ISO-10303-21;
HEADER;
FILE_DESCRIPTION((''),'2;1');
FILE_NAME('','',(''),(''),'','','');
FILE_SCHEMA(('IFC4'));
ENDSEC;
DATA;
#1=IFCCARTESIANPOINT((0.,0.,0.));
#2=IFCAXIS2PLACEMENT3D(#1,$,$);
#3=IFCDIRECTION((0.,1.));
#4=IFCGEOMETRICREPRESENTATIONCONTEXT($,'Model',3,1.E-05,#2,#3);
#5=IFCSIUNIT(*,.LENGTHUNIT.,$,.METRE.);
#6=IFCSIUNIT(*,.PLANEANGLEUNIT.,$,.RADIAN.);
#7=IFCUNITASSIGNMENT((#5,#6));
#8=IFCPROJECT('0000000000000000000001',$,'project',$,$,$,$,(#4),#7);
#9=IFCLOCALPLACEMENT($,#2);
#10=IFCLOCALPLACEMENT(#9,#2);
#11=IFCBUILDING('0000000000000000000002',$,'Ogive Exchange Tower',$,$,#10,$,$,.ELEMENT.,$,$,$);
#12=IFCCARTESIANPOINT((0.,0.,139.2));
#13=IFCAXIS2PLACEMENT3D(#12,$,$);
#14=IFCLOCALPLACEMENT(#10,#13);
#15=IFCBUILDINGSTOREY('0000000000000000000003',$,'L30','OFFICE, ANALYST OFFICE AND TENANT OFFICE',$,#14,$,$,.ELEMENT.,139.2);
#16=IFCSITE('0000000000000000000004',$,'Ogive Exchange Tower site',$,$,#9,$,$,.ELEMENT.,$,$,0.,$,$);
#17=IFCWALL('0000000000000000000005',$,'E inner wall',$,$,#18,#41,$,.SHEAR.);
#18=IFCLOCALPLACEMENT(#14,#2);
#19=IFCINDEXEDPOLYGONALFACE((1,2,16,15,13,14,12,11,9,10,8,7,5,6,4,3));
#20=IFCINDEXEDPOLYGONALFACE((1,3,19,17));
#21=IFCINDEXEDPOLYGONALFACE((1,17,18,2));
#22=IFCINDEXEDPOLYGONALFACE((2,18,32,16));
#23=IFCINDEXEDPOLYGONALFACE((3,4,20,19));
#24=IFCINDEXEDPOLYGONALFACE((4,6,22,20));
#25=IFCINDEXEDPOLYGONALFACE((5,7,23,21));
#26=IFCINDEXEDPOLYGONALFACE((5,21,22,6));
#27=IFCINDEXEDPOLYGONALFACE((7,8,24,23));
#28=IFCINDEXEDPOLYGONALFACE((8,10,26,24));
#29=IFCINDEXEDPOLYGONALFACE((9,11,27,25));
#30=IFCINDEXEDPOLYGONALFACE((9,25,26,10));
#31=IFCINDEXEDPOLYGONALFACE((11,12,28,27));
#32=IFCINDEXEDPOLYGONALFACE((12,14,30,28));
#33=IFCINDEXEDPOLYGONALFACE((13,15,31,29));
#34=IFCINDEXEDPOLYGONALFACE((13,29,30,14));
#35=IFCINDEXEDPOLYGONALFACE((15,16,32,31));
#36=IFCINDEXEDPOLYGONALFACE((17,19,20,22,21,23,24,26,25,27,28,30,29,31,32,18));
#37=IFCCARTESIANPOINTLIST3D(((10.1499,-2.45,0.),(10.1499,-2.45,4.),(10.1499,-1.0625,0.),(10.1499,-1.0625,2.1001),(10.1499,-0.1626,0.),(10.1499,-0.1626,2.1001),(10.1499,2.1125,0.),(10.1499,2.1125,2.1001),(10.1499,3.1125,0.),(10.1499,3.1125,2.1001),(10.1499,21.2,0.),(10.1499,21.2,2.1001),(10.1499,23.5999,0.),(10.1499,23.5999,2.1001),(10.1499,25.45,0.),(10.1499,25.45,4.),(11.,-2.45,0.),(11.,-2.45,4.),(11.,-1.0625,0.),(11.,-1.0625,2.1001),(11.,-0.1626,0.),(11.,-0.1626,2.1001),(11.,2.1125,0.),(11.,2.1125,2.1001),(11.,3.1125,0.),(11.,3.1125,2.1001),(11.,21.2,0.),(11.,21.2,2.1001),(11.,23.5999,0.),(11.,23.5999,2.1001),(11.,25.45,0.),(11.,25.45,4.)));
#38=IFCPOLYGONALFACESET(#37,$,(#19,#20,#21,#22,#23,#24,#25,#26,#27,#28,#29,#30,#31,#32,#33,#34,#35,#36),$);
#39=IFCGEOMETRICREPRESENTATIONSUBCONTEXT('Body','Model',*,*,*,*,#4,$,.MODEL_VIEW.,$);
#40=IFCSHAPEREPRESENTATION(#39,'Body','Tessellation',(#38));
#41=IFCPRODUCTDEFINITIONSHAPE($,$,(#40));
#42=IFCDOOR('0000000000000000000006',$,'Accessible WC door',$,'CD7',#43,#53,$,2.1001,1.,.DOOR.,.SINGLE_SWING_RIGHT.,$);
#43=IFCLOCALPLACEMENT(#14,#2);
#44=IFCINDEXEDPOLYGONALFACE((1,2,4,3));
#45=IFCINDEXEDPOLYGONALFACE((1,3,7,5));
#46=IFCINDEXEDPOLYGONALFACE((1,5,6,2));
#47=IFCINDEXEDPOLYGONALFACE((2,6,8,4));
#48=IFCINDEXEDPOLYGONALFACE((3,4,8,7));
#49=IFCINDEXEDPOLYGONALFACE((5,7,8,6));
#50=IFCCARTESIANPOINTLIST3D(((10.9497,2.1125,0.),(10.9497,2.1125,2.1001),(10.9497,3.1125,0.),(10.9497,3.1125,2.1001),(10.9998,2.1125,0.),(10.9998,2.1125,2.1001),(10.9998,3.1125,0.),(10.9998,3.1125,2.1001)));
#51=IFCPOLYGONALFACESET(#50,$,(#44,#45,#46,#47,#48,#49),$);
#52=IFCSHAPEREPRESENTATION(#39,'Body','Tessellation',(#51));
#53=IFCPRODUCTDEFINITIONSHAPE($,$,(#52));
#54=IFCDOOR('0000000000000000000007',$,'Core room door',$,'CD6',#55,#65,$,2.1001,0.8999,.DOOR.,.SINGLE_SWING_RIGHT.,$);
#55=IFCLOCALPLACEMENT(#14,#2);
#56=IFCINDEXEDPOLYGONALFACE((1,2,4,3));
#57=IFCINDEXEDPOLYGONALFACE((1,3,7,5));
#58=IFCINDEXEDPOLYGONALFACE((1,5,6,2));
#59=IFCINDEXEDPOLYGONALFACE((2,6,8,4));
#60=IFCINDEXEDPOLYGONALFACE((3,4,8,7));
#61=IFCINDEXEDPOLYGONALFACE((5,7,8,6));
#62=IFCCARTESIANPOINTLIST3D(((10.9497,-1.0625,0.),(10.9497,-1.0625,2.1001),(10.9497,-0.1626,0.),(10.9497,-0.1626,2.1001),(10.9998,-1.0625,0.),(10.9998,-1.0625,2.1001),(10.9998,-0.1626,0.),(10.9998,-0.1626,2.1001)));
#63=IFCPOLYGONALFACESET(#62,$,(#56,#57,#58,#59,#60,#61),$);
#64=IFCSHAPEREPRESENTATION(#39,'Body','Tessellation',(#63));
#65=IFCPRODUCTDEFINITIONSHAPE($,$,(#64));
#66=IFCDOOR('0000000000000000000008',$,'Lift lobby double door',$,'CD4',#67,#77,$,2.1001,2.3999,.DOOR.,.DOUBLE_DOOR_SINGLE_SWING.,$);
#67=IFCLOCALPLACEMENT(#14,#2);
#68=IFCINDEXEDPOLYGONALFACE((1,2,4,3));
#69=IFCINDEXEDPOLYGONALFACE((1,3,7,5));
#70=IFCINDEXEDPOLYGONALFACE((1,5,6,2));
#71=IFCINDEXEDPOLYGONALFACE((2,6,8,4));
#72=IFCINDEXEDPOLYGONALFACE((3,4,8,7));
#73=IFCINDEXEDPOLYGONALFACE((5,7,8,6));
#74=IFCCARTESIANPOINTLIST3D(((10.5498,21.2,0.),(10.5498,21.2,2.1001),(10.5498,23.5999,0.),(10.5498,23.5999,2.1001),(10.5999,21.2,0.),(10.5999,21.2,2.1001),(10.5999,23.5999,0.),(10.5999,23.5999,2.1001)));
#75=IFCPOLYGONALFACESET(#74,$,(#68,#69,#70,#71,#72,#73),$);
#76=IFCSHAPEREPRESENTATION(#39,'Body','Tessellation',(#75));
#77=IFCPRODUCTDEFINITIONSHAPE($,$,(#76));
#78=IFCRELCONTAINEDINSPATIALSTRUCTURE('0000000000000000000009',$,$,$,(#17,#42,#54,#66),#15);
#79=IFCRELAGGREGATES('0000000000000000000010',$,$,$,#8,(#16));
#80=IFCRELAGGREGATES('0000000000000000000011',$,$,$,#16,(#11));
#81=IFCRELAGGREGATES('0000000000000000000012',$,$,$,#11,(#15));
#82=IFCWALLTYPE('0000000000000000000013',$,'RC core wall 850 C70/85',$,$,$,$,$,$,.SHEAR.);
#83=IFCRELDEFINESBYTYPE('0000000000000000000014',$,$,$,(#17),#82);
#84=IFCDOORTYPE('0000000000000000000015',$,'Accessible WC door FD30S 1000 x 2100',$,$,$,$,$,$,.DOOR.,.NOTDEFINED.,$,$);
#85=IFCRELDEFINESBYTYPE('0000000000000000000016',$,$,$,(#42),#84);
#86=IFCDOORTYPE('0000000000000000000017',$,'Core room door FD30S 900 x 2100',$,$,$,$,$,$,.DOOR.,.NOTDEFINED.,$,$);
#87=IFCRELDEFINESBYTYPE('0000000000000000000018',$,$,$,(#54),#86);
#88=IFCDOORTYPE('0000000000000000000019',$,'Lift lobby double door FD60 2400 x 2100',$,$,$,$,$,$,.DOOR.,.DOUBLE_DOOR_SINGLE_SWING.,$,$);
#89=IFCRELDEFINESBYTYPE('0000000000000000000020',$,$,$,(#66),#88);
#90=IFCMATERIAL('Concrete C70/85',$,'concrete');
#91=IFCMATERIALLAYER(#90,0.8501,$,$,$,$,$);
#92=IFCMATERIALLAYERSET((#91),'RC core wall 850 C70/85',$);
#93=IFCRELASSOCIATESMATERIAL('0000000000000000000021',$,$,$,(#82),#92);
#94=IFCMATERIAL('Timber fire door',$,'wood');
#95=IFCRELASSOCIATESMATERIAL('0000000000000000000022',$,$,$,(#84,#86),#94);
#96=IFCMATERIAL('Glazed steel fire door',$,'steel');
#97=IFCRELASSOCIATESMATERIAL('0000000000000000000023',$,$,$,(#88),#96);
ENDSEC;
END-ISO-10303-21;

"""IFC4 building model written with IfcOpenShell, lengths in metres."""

from ifc_helpers import new_model, si_unit, direction, frame, frame_2d, origin, place, context, subcontext, project, spatial, rectangle, extrude, material, layer, layer_set, type_object, element, fill, save


model = new_model("IFC4")

# Units and contexts
model_context = context("Model", 3, precision=1e-05, world=origin(), true_north=direction((0.0, 1.0)))
body_context = subcontext(model_context, "Body", "Model", "MODEL_VIEW")
ifc_project = project(units=[si_unit("LENGTHUNIT", "METRE"), si_unit("PLANEANGLEUNIT", "RADIAN")], contexts=[model_context])

# Site, building, storey
site_placement = place(None, origin())
site = spatial("IfcSite", under=ifc_project, at=site_placement, Name="Ogive Exchange Tower site", CompositionType="ELEMENT", RefElevation=0.0)
building_placement = place(site_placement, origin())
building = spatial("IfcBuilding", under=site, at=building_placement, Name="Ogive Exchange Tower", CompositionType="ELEMENT")
storey_placement = place(building_placement, frame((0.0, 0.0, 139.2)))
storey = spatial("IfcBuildingStorey", under=building, at=storey_placement, Name="L30", Description="OFFICE, ANALYST OFFICE AND TENANT OFFICE", CompositionType="ELEMENT", Elevation=139.2)

# Shared definitions
ifc_material_1 = material(Name="Concrete C70/85", Category="concrete")

# Wall, openings, doors
ifc_layer_1 = layer(ifc_material_1, 0.8501)
ifc_layer_set_1 = layer_set([ifc_layer_1], Name="RC core wall 850 C70/85")
wall_type_1 = type_object("IfcWallType", Name="RC core wall 850 C70/85", PredefinedType="SHEAR", material=ifc_layer_set_1)
wall_1_placement = place(storey_placement, frame((10.575, -2.45, 0.0), z_axis=(0.0, 0.0, 1.0), x_axis=(0.0, 1.0, 0.0)))
wall_1 = element("IfcWall", 1, at=wall_1_placement, inside=storey, type_object=wall_type_1, Name="E inner wall", PredefinedType="SHEAR", context=body_context, shape_type="SweptSolid", body=[
    extrude(rectangle(XDim=27.8999, YDim=0.8501, at=frame_2d((13.95, 0.0))), origin(), (0.0, 0.0, 1.0), 4.0),
])
opening_1_placement = place(wall_1_placement, frame((23.6499, 0.0, 0.0)))
opening_1 = element("IfcOpeningElement", 2, at=opening_1_placement, cuts=wall_1, PredefinedType="OPENING", context=body_context, shape_type="SweptSolid", body=[
    extrude(rectangle(XDim=2.3999, YDim=2.1001, at=frame_2d((1.2, 1.05))), frame((0.0, 0.4351, 0.0), z_axis=(0.0, -1.0, 0.0), x_axis=(1.0, 0.0, 0.0)), (0.0, 0.0, 1.0), 0.8701),
])
opening_2_placement = place(wall_1_placement, frame((1.3875, 0.0, 0.0)))
opening_2 = element("IfcOpeningElement", 3, at=opening_2_placement, cuts=wall_1, PredefinedType="OPENING", context=body_context, shape_type="SweptSolid", body=[
    extrude(rectangle(XDim=0.8999, YDim=2.1001, at=frame_2d((0.45, 1.05))), frame((0.0, 0.4351, 0.0), z_axis=(0.0, -1.0, 0.0), x_axis=(1.0, 0.0, 0.0)), (0.0, 0.0, 1.0), 0.8701),
])
opening_3_placement = place(wall_1_placement, frame((4.5625, 0.0, 0.0)))
opening_3 = element("IfcOpeningElement", 4, at=opening_3_placement, cuts=wall_1, PredefinedType="OPENING", context=body_context, shape_type="SweptSolid", body=[
    extrude(rectangle(XDim=1.0, YDim=2.1001, at=frame_2d((0.5, 1.05))), frame((0.0, 0.4351, 0.0), z_axis=(0.0, -1.0, 0.0), x_axis=(1.0, 0.0, 0.0)), (0.0, 0.0, 1.0), 0.8701),
])
ifc_material_2 = material(Name="Timber fire door", Category="wood")
door_type_1 = type_object("IfcDoorType", Name="Accessible WC door FD30S 1000 x 2100", OperationType="NOTDEFINED", PredefinedType="DOOR", material=ifc_material_2)
door_1_placement = place(opening_3_placement, frame((1.0, -0.7998, 0.0), z_axis=(0.0, 0.0, 1.0), x_axis=(-1.0, 0.0, 0.0)))
door_1 = element("IfcDoor", 5, at=door_1_placement, inside=storey, type_object=door_type_1, Name="Accessible WC door", ObjectType="CD7", OperationType="SINGLE_SWING_RIGHT", OverallHeight=2.1001, OverallWidth=1.0, PredefinedType="DOOR", context=body_context, shape_type="SweptSolid", body=[
    extrude(rectangle(XDim=1.0, YDim=2.1001, at=frame_2d((0.5, 1.05))), frame((0.0, -0.375, 0.0), z_axis=(0.0, -1.0, 0.0), x_axis=(1.0, 0.0, 0.0)), (0.0, 0.0, 1.0), 0.05),
])
fill(opening_3, door_1)
door_type_2 = type_object("IfcDoorType", Name="Core room door FD30S 900 x 2100", OperationType="NOTDEFINED", PredefinedType="DOOR", material=ifc_material_2)
door_2_placement = place(opening_2_placement, frame((0.8999, -0.7998, 0.0), z_axis=(0.0, 0.0, 1.0), x_axis=(-1.0, 0.0, 0.0)))
door_2 = element("IfcDoor", 6, at=door_2_placement, inside=storey, type_object=door_type_2, Name="Core room door", ObjectType="CD6", OperationType="SINGLE_SWING_RIGHT", OverallHeight=2.1001, OverallWidth=0.8999, PredefinedType="DOOR", context=body_context, shape_type="SweptSolid", body=[
    extrude(rectangle(XDim=0.8999, YDim=2.1001, at=frame_2d((0.45, 1.05))), frame((0.0, -0.375, 0.0), z_axis=(0.0, -1.0, 0.0), x_axis=(1.0, 0.0, 0.0)), (0.0, 0.0, 1.0), 0.05),
])
fill(opening_2, door_2)
ifc_material_3 = material(Name="Glazed steel fire door", Category="steel")
door_type_3 = type_object("IfcDoorType", Name="Lift lobby double door FD60 2400 x 2100", OperationType="DOUBLE_DOOR_SINGLE_SWING", PredefinedType="DOOR", material=ifc_material_3)
door_3_placement = place(opening_1_placement, frame((2.3999, 0.0, 0.0), z_axis=(0.0, 0.0, 1.0), x_axis=(-1.0, 0.0, 0.0)))
door_3 = element("IfcDoor", 7, at=door_3_placement, inside=storey, type_object=door_type_3, Name="Lift lobby double door", ObjectType="CD4", OperationType="DOUBLE_DOOR_SINGLE_SWING", OverallHeight=2.1001, OverallWidth=2.3999, PredefinedType="DOOR", context=body_context, shape_type="SweptSolid", body=[
    extrude(rectangle(XDim=2.3999, YDim=2.1001, at=frame_2d((1.2, 1.05))), frame((0.0, 0.0249, 0.0), z_axis=(0.0, -1.0, 0.0), x_axis=(1.0, 0.0, 0.0)), (0.0, 0.0, 1.0), 0.05),
])
fill(opening_1, door_3)

save(model, "model.ifc")
